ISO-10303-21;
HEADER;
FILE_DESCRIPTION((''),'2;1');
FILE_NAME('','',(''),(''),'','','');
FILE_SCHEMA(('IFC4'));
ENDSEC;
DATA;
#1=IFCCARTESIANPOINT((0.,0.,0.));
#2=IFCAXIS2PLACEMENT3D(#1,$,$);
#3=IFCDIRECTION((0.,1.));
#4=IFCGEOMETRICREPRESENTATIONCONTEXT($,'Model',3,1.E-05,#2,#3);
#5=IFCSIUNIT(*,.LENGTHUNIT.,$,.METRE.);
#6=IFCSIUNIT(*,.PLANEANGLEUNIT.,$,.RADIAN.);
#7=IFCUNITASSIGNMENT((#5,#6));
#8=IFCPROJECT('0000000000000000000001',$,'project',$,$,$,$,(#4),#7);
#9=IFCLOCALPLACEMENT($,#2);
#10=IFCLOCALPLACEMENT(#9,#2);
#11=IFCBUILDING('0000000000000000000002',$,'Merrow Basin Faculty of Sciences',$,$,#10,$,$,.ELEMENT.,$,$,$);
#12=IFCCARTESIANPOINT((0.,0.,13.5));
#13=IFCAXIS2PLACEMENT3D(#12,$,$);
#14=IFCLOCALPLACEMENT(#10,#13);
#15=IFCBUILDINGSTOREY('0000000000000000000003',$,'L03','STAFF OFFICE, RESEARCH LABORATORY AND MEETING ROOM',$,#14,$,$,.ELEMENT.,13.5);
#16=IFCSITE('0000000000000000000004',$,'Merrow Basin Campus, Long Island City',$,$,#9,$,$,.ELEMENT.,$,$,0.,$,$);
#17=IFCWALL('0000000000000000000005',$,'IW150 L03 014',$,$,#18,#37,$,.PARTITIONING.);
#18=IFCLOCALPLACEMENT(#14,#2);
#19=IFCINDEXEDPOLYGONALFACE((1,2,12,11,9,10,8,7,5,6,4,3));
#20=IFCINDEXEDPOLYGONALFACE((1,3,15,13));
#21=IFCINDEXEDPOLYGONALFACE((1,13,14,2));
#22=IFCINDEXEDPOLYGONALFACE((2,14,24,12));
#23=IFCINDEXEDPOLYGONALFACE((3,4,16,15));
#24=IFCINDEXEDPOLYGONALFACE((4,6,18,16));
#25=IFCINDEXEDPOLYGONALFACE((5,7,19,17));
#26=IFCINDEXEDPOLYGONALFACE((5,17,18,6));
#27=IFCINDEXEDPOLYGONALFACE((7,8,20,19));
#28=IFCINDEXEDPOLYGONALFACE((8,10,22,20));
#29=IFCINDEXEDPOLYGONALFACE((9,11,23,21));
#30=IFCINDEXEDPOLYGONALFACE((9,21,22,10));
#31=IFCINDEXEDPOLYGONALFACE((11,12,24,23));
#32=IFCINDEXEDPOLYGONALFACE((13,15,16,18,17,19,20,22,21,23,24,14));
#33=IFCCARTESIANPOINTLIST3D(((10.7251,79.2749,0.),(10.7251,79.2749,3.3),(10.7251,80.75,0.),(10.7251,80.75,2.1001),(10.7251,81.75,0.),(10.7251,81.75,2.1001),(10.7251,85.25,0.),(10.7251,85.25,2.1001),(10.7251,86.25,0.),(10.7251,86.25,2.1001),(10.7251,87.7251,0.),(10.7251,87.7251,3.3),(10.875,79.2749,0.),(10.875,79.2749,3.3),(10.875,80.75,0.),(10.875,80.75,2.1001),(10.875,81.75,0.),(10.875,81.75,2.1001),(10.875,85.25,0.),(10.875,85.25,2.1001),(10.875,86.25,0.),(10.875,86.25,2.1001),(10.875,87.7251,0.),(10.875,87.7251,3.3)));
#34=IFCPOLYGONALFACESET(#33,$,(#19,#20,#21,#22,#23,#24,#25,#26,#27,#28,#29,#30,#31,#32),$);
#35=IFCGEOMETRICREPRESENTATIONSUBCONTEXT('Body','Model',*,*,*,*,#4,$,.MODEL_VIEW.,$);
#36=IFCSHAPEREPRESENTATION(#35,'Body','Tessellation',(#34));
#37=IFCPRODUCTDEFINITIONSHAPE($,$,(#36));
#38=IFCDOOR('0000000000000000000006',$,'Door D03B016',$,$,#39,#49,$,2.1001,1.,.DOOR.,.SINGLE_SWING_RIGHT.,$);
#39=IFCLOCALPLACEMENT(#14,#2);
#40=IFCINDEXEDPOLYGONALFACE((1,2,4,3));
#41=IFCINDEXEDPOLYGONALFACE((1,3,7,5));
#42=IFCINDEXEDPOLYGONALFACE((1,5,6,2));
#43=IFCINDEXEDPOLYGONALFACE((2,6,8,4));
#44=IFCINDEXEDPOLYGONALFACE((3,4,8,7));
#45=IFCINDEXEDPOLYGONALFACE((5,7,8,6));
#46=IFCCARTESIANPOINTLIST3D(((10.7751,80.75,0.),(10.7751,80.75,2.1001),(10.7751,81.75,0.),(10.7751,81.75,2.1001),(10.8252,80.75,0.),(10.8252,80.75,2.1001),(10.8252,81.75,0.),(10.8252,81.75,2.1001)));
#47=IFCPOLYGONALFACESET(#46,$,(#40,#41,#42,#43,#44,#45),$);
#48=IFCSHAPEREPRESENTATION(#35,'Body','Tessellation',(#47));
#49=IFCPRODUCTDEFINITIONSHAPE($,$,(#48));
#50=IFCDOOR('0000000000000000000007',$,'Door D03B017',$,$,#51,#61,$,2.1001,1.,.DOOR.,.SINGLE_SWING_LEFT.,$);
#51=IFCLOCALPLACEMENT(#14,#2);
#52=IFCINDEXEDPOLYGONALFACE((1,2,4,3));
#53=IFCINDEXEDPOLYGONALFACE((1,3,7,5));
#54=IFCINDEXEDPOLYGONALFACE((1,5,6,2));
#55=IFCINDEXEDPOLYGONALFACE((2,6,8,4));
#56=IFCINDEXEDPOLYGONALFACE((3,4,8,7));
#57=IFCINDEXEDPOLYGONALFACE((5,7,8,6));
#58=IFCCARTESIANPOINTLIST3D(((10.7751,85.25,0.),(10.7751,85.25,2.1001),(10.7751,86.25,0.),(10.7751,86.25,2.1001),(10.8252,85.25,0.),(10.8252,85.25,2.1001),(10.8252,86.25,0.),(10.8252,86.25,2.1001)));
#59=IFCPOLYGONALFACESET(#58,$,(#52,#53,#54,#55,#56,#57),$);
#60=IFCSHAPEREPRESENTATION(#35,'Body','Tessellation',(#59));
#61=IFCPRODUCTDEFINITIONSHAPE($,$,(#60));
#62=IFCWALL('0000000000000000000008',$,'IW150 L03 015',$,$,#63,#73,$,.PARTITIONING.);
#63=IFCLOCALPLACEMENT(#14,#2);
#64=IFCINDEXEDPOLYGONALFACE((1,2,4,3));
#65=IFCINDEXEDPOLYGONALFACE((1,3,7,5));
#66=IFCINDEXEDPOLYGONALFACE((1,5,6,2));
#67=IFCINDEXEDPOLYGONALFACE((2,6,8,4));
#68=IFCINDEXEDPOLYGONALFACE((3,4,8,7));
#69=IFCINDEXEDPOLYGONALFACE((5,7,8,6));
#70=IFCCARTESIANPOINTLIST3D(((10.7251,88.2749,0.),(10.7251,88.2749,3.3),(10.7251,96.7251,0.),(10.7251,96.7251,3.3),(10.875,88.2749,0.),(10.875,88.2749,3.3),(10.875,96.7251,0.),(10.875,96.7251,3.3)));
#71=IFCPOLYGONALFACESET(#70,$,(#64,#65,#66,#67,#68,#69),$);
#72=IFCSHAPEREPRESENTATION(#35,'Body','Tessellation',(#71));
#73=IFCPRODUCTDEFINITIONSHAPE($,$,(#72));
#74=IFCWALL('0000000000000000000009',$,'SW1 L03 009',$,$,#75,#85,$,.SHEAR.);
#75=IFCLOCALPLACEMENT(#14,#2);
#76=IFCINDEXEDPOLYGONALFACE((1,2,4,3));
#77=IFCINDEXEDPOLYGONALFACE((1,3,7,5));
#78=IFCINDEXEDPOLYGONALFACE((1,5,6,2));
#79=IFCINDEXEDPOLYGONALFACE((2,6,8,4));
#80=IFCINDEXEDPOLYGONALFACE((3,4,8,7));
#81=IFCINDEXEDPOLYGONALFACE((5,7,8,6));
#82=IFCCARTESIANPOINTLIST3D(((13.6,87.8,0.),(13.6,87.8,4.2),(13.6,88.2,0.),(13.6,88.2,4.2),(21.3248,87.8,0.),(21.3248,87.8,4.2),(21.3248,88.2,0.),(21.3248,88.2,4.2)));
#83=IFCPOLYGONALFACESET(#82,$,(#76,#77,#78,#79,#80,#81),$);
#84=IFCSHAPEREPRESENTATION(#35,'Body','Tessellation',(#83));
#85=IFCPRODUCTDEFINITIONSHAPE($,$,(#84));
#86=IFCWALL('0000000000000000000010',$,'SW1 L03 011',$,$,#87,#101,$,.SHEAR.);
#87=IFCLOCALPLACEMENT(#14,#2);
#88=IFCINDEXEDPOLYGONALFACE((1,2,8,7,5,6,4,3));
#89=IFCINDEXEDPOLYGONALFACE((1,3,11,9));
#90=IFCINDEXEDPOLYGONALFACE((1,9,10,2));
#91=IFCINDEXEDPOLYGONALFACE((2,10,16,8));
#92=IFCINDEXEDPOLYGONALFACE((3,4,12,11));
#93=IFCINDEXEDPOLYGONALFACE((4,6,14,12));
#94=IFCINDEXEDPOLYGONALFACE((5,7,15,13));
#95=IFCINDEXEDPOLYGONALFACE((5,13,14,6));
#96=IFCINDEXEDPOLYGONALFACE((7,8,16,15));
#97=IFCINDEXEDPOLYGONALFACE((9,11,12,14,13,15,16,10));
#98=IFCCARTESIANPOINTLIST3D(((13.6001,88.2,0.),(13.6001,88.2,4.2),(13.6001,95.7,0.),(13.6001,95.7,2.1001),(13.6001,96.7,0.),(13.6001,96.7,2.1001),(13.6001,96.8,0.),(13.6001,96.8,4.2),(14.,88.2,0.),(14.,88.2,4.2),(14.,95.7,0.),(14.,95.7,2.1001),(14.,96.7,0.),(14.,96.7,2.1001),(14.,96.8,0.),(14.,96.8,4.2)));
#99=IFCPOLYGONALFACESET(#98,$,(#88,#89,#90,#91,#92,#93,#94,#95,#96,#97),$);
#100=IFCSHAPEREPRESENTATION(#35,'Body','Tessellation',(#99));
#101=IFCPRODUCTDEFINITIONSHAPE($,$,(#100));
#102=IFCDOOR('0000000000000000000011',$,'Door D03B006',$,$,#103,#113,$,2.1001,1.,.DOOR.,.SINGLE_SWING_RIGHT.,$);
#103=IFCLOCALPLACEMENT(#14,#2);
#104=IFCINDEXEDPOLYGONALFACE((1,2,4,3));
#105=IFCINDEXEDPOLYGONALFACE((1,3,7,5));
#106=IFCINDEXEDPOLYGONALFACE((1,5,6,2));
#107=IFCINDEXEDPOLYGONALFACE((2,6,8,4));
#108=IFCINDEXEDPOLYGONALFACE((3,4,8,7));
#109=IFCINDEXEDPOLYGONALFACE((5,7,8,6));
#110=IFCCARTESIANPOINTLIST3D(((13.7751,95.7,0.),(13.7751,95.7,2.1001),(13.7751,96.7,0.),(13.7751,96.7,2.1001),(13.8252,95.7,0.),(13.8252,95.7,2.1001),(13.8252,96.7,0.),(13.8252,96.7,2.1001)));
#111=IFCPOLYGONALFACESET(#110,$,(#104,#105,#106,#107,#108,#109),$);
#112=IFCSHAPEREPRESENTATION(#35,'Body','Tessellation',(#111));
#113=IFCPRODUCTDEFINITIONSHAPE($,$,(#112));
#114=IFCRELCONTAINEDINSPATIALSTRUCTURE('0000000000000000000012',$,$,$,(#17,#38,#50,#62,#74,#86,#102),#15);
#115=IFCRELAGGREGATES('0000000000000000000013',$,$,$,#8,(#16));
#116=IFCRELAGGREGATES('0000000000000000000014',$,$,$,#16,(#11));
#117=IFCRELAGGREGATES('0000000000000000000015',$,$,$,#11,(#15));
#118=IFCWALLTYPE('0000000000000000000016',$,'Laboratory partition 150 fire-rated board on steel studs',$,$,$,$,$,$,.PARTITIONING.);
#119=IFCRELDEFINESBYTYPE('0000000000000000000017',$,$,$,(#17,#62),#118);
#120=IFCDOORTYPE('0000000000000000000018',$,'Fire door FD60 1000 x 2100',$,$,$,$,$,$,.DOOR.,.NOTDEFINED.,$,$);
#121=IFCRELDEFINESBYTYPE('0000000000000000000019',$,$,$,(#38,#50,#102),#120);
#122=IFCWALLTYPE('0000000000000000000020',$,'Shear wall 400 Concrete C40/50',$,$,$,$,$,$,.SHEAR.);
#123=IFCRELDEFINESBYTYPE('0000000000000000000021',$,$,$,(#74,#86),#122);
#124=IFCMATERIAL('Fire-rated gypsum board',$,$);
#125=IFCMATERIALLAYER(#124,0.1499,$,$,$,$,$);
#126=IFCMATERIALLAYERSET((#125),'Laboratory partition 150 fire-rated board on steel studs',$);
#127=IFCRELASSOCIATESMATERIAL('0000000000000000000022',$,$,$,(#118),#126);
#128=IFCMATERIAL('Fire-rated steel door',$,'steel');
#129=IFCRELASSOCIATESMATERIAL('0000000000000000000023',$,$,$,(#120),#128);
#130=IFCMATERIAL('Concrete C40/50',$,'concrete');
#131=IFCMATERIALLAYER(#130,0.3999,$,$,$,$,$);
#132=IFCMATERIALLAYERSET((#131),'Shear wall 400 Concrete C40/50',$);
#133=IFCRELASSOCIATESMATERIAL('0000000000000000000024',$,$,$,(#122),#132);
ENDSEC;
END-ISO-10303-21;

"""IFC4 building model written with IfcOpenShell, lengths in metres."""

from ifc_helpers import new_model, si_unit, direction, frame, frame_2d, origin, place, context, subcontext, project, spatial, rectangle, extrude, material, layer, layer_set, type_object, element, fill, save


model = new_model("IFC4")

# Units and contexts
model_context = context("Model", 3, precision=1e-05, world=origin(), true_north=direction((0.0, 1.0)))
body_context = subcontext(model_context, "Body", "Model", "MODEL_VIEW")
ifc_project = project(units=[si_unit("LENGTHUNIT", "METRE"), si_unit("PLANEANGLEUNIT", "RADIAN")], contexts=[model_context])

# Site, building, storey
site_placement = place(None, origin())
site = spatial("IfcSite", under=ifc_project, at=site_placement, Name="Merrow Basin Campus, Long Island City", CompositionType="ELEMENT", RefElevation=0.0)
building_placement = place(site_placement, origin())
building = spatial("IfcBuilding", under=site, at=building_placement, Name="Merrow Basin Faculty of Sciences", CompositionType="ELEMENT")
storey_placement = place(building_placement, frame((0.0, 0.0, 13.5)))
storey = spatial("IfcBuildingStorey", under=building, at=storey_placement, Name="L03", Description="STAFF OFFICE, RESEARCH LABORATORY AND MEETING ROOM", CompositionType="ELEMENT", Elevation=13.5)

# Wall, openings, doors
ifc_material_1 = material(Name="Fire-rated gypsum board")
ifc_layer_1 = layer(ifc_material_1, 0.1499)
ifc_layer_set_1 = layer_set([ifc_layer_1], Name="Laboratory partition 150 fire-rated board on steel studs")
wall_type_1 = type_object("IfcWallType", Name="Laboratory partition 150 fire-rated board on steel studs", PredefinedType="PARTITIONING", material=ifc_layer_set_1)
wall_1_placement = place(storey_placement, frame((10.8, 79.2749, 0.0), z_axis=(0.0, 0.0, 1.0), x_axis=(0.0, 1.0, 0.0)))
wall_1 = element("IfcWall", 1, at=wall_1_placement, inside=storey, type_object=wall_type_1, Name="IW150 L03 014", PredefinedType="PARTITIONING", context=body_context, shape_type="SweptSolid", body=[
    extrude(rectangle(XDim=8.4502, YDim=0.1499, at=frame_2d((4.2251, 0.0))), origin(), (0.0, 0.0, 1.0), 3.3),
])
opening_1_placement = place(wall_1_placement, frame((1.4751, 0.0, 0.0)))
opening_1 = element("IfcOpeningElement", 2, at=opening_1_placement, cuts=wall_1, PredefinedType="OPENING", context=body_context, shape_type="SweptSolid", body=[
    extrude(rectangle(XDim=1.0, YDim=2.1001, at=frame_2d((0.5, 1.05))), frame((0.0, 0.085, 0.0), z_axis=(0.0, -1.0, 0.0), x_axis=(1.0, 0.0, 0.0)), (0.0, 0.0, 1.0), 0.1699),
])
opening_2_placement = place(wall_1_placement, frame((5.9751, 0.0, 0.0)))
opening_2 = element("IfcOpeningElement", 3, at=opening_2_placement, cuts=wall_1, PredefinedType="OPENING", context=body_context, shape_type="SweptSolid", body=[
    extrude(rectangle(XDim=1.0, YDim=2.1001, at=frame_2d((0.5, 1.05))), frame((0.0, 0.085, 0.0), z_axis=(0.0, -1.0, 0.0), x_axis=(1.0, 0.0, 0.0)), (0.0, 0.0, 1.0), 0.1699),
])
ifc_material_2 = material(Name="Fire-rated steel door", Category="steel")
door_type = type_object("IfcDoorType", Name="Fire door FD60 1000 x 2100", OperationType="NOTDEFINED", PredefinedType="DOOR", material=ifc_material_2)
door_1_placement = place(opening_1_placement, origin())
door_1 = element("IfcDoor", 4, at=door_1_placement, inside=storey, type_object=door_type, Name="Door D03B016", OperationType="SINGLE_SWING_RIGHT", OverallHeight=2.1001, OverallWidth=1.0, PredefinedType="DOOR", context=body_context, shape_type="SweptSolid", body=[
    extrude(rectangle(XDim=1.0, YDim=2.1001, at=frame_2d((0.5, 1.05))), frame((0.0, 0.0249, 0.0), z_axis=(0.0, -1.0, 0.0), x_axis=(1.0, 0.0, 0.0)), (0.0, 0.0, 1.0), 0.05),
])
fill(opening_1, door_1)
door_2_placement = place(opening_2_placement, origin())
door_2 = element("IfcDoor", 5, at=door_2_placement, inside=storey, type_object=door_type, Name="Door D03B017", OperationType="SINGLE_SWING_LEFT", OverallHeight=2.1001, OverallWidth=1.0, PredefinedType="DOOR", context=body_context, shape_type="SweptSolid", body=[
    extrude(rectangle(XDim=1.0, YDim=2.1001, at=frame_2d((0.5, 1.05))), frame((0.0, 0.0249, 0.0), z_axis=(0.0, -1.0, 0.0), x_axis=(1.0, 0.0, 0.0)), (0.0, 0.0, 1.0), 0.05),
])
fill(opening_2, door_2)

# Walls
wall_2_placement = place(storey_placement, frame((10.8, 88.2749, 0.0), z_axis=(0.0, 0.0, 1.0), x_axis=(0.0, 1.0, 0.0)))
element("IfcWall", 6, at=wall_2_placement, inside=storey, type_object=wall_type_1, Name="IW150 L03 015", PredefinedType="PARTITIONING", context=body_context, shape_type="SweptSolid", body=[
    extrude(rectangle(XDim=8.4502, YDim=0.1499, at=frame_2d((4.2251, 0.0))), origin(), (0.0, 0.0, 1.0), 3.3),
])
ifc_material_3 = material(Name="Concrete C40/50", Category="concrete")
ifc_layer_2 = layer(ifc_material_3, 0.3999)
ifc_layer_set_2 = layer_set([ifc_layer_2], Name="Shear wall 400 Concrete C40/50")
wall_type_2 = type_object("IfcWallType", Name="Shear wall 400 Concrete C40/50", PredefinedType="SHEAR", material=ifc_layer_set_2)
wall_3_placement = place(storey_placement, frame((13.6001, 88.0, 0.0), z_axis=(0.0, 0.0, 1.0), x_axis=(1.0, 0.0, 0.0)))
element("IfcWall", 7, at=wall_3_placement, inside=storey, type_object=wall_type_2, Name="SW1 L03 009", PredefinedType="SHEAR", context=body_context, shape_type="SweptSolid", body=[
    extrude(rectangle(XDim=7.7249, YDim=0.3999, at=frame_2d((3.8623, 0.0))), origin(), (0.0, 0.0, 1.0), 4.2),
])

# Wall, opening, door
wall_4_placement = place(storey_placement, frame((13.8, 88.2, 0.0), z_axis=(0.0, 0.0, 1.0), x_axis=(0.0, 1.0, 0.0)))
wall_4 = element("IfcWall", 8, at=wall_4_placement, inside=storey, type_object=wall_type_2, Name="SW1 L03 011", PredefinedType="SHEAR", context=body_context, shape_type="SweptSolid", body=[
    extrude(rectangle(XDim=8.6001, YDim=0.3999, at=frame_2d((4.3, 0.0))), origin(), (0.0, 0.0, 1.0), 4.2),
])
opening_3_placement = place(wall_4_placement, frame((7.5, 0.0, 0.0)))
opening_3 = element("IfcOpeningElement", 9, at=opening_3_placement, cuts=wall_4, PredefinedType="OPENING", context=body_context, shape_type="SweptSolid", body=[
    extrude(rectangle(XDim=1.0, YDim=2.1001, at=frame_2d((0.5, 1.05))), frame((0.0, 0.21, 0.0), z_axis=(0.0, -1.0, 0.0), x_axis=(1.0, 0.0, 0.0)), (0.0, 0.0, 1.0), 0.4199),
])
door_3_placement = place(opening_3_placement, origin())
door_3 = element("IfcDoor", 10, at=door_3_placement, inside=storey, type_object=door_type, Name="Door D03B006", OperationType="SINGLE_SWING_RIGHT", OverallHeight=2.1001, OverallWidth=1.0, PredefinedType="DOOR", context=body_context, shape_type="SweptSolid", body=[
    extrude(rectangle(XDim=1.0, YDim=2.1001, at=frame_2d((0.5, 1.05))), frame((0.0, 0.0249, 0.0), z_axis=(0.0, -1.0, 0.0), x_axis=(1.0, 0.0, 0.0)), (0.0, 0.0, 1.0), 0.05),
])
fill(opening_3, door_3)

save(model, "model.ifc")
